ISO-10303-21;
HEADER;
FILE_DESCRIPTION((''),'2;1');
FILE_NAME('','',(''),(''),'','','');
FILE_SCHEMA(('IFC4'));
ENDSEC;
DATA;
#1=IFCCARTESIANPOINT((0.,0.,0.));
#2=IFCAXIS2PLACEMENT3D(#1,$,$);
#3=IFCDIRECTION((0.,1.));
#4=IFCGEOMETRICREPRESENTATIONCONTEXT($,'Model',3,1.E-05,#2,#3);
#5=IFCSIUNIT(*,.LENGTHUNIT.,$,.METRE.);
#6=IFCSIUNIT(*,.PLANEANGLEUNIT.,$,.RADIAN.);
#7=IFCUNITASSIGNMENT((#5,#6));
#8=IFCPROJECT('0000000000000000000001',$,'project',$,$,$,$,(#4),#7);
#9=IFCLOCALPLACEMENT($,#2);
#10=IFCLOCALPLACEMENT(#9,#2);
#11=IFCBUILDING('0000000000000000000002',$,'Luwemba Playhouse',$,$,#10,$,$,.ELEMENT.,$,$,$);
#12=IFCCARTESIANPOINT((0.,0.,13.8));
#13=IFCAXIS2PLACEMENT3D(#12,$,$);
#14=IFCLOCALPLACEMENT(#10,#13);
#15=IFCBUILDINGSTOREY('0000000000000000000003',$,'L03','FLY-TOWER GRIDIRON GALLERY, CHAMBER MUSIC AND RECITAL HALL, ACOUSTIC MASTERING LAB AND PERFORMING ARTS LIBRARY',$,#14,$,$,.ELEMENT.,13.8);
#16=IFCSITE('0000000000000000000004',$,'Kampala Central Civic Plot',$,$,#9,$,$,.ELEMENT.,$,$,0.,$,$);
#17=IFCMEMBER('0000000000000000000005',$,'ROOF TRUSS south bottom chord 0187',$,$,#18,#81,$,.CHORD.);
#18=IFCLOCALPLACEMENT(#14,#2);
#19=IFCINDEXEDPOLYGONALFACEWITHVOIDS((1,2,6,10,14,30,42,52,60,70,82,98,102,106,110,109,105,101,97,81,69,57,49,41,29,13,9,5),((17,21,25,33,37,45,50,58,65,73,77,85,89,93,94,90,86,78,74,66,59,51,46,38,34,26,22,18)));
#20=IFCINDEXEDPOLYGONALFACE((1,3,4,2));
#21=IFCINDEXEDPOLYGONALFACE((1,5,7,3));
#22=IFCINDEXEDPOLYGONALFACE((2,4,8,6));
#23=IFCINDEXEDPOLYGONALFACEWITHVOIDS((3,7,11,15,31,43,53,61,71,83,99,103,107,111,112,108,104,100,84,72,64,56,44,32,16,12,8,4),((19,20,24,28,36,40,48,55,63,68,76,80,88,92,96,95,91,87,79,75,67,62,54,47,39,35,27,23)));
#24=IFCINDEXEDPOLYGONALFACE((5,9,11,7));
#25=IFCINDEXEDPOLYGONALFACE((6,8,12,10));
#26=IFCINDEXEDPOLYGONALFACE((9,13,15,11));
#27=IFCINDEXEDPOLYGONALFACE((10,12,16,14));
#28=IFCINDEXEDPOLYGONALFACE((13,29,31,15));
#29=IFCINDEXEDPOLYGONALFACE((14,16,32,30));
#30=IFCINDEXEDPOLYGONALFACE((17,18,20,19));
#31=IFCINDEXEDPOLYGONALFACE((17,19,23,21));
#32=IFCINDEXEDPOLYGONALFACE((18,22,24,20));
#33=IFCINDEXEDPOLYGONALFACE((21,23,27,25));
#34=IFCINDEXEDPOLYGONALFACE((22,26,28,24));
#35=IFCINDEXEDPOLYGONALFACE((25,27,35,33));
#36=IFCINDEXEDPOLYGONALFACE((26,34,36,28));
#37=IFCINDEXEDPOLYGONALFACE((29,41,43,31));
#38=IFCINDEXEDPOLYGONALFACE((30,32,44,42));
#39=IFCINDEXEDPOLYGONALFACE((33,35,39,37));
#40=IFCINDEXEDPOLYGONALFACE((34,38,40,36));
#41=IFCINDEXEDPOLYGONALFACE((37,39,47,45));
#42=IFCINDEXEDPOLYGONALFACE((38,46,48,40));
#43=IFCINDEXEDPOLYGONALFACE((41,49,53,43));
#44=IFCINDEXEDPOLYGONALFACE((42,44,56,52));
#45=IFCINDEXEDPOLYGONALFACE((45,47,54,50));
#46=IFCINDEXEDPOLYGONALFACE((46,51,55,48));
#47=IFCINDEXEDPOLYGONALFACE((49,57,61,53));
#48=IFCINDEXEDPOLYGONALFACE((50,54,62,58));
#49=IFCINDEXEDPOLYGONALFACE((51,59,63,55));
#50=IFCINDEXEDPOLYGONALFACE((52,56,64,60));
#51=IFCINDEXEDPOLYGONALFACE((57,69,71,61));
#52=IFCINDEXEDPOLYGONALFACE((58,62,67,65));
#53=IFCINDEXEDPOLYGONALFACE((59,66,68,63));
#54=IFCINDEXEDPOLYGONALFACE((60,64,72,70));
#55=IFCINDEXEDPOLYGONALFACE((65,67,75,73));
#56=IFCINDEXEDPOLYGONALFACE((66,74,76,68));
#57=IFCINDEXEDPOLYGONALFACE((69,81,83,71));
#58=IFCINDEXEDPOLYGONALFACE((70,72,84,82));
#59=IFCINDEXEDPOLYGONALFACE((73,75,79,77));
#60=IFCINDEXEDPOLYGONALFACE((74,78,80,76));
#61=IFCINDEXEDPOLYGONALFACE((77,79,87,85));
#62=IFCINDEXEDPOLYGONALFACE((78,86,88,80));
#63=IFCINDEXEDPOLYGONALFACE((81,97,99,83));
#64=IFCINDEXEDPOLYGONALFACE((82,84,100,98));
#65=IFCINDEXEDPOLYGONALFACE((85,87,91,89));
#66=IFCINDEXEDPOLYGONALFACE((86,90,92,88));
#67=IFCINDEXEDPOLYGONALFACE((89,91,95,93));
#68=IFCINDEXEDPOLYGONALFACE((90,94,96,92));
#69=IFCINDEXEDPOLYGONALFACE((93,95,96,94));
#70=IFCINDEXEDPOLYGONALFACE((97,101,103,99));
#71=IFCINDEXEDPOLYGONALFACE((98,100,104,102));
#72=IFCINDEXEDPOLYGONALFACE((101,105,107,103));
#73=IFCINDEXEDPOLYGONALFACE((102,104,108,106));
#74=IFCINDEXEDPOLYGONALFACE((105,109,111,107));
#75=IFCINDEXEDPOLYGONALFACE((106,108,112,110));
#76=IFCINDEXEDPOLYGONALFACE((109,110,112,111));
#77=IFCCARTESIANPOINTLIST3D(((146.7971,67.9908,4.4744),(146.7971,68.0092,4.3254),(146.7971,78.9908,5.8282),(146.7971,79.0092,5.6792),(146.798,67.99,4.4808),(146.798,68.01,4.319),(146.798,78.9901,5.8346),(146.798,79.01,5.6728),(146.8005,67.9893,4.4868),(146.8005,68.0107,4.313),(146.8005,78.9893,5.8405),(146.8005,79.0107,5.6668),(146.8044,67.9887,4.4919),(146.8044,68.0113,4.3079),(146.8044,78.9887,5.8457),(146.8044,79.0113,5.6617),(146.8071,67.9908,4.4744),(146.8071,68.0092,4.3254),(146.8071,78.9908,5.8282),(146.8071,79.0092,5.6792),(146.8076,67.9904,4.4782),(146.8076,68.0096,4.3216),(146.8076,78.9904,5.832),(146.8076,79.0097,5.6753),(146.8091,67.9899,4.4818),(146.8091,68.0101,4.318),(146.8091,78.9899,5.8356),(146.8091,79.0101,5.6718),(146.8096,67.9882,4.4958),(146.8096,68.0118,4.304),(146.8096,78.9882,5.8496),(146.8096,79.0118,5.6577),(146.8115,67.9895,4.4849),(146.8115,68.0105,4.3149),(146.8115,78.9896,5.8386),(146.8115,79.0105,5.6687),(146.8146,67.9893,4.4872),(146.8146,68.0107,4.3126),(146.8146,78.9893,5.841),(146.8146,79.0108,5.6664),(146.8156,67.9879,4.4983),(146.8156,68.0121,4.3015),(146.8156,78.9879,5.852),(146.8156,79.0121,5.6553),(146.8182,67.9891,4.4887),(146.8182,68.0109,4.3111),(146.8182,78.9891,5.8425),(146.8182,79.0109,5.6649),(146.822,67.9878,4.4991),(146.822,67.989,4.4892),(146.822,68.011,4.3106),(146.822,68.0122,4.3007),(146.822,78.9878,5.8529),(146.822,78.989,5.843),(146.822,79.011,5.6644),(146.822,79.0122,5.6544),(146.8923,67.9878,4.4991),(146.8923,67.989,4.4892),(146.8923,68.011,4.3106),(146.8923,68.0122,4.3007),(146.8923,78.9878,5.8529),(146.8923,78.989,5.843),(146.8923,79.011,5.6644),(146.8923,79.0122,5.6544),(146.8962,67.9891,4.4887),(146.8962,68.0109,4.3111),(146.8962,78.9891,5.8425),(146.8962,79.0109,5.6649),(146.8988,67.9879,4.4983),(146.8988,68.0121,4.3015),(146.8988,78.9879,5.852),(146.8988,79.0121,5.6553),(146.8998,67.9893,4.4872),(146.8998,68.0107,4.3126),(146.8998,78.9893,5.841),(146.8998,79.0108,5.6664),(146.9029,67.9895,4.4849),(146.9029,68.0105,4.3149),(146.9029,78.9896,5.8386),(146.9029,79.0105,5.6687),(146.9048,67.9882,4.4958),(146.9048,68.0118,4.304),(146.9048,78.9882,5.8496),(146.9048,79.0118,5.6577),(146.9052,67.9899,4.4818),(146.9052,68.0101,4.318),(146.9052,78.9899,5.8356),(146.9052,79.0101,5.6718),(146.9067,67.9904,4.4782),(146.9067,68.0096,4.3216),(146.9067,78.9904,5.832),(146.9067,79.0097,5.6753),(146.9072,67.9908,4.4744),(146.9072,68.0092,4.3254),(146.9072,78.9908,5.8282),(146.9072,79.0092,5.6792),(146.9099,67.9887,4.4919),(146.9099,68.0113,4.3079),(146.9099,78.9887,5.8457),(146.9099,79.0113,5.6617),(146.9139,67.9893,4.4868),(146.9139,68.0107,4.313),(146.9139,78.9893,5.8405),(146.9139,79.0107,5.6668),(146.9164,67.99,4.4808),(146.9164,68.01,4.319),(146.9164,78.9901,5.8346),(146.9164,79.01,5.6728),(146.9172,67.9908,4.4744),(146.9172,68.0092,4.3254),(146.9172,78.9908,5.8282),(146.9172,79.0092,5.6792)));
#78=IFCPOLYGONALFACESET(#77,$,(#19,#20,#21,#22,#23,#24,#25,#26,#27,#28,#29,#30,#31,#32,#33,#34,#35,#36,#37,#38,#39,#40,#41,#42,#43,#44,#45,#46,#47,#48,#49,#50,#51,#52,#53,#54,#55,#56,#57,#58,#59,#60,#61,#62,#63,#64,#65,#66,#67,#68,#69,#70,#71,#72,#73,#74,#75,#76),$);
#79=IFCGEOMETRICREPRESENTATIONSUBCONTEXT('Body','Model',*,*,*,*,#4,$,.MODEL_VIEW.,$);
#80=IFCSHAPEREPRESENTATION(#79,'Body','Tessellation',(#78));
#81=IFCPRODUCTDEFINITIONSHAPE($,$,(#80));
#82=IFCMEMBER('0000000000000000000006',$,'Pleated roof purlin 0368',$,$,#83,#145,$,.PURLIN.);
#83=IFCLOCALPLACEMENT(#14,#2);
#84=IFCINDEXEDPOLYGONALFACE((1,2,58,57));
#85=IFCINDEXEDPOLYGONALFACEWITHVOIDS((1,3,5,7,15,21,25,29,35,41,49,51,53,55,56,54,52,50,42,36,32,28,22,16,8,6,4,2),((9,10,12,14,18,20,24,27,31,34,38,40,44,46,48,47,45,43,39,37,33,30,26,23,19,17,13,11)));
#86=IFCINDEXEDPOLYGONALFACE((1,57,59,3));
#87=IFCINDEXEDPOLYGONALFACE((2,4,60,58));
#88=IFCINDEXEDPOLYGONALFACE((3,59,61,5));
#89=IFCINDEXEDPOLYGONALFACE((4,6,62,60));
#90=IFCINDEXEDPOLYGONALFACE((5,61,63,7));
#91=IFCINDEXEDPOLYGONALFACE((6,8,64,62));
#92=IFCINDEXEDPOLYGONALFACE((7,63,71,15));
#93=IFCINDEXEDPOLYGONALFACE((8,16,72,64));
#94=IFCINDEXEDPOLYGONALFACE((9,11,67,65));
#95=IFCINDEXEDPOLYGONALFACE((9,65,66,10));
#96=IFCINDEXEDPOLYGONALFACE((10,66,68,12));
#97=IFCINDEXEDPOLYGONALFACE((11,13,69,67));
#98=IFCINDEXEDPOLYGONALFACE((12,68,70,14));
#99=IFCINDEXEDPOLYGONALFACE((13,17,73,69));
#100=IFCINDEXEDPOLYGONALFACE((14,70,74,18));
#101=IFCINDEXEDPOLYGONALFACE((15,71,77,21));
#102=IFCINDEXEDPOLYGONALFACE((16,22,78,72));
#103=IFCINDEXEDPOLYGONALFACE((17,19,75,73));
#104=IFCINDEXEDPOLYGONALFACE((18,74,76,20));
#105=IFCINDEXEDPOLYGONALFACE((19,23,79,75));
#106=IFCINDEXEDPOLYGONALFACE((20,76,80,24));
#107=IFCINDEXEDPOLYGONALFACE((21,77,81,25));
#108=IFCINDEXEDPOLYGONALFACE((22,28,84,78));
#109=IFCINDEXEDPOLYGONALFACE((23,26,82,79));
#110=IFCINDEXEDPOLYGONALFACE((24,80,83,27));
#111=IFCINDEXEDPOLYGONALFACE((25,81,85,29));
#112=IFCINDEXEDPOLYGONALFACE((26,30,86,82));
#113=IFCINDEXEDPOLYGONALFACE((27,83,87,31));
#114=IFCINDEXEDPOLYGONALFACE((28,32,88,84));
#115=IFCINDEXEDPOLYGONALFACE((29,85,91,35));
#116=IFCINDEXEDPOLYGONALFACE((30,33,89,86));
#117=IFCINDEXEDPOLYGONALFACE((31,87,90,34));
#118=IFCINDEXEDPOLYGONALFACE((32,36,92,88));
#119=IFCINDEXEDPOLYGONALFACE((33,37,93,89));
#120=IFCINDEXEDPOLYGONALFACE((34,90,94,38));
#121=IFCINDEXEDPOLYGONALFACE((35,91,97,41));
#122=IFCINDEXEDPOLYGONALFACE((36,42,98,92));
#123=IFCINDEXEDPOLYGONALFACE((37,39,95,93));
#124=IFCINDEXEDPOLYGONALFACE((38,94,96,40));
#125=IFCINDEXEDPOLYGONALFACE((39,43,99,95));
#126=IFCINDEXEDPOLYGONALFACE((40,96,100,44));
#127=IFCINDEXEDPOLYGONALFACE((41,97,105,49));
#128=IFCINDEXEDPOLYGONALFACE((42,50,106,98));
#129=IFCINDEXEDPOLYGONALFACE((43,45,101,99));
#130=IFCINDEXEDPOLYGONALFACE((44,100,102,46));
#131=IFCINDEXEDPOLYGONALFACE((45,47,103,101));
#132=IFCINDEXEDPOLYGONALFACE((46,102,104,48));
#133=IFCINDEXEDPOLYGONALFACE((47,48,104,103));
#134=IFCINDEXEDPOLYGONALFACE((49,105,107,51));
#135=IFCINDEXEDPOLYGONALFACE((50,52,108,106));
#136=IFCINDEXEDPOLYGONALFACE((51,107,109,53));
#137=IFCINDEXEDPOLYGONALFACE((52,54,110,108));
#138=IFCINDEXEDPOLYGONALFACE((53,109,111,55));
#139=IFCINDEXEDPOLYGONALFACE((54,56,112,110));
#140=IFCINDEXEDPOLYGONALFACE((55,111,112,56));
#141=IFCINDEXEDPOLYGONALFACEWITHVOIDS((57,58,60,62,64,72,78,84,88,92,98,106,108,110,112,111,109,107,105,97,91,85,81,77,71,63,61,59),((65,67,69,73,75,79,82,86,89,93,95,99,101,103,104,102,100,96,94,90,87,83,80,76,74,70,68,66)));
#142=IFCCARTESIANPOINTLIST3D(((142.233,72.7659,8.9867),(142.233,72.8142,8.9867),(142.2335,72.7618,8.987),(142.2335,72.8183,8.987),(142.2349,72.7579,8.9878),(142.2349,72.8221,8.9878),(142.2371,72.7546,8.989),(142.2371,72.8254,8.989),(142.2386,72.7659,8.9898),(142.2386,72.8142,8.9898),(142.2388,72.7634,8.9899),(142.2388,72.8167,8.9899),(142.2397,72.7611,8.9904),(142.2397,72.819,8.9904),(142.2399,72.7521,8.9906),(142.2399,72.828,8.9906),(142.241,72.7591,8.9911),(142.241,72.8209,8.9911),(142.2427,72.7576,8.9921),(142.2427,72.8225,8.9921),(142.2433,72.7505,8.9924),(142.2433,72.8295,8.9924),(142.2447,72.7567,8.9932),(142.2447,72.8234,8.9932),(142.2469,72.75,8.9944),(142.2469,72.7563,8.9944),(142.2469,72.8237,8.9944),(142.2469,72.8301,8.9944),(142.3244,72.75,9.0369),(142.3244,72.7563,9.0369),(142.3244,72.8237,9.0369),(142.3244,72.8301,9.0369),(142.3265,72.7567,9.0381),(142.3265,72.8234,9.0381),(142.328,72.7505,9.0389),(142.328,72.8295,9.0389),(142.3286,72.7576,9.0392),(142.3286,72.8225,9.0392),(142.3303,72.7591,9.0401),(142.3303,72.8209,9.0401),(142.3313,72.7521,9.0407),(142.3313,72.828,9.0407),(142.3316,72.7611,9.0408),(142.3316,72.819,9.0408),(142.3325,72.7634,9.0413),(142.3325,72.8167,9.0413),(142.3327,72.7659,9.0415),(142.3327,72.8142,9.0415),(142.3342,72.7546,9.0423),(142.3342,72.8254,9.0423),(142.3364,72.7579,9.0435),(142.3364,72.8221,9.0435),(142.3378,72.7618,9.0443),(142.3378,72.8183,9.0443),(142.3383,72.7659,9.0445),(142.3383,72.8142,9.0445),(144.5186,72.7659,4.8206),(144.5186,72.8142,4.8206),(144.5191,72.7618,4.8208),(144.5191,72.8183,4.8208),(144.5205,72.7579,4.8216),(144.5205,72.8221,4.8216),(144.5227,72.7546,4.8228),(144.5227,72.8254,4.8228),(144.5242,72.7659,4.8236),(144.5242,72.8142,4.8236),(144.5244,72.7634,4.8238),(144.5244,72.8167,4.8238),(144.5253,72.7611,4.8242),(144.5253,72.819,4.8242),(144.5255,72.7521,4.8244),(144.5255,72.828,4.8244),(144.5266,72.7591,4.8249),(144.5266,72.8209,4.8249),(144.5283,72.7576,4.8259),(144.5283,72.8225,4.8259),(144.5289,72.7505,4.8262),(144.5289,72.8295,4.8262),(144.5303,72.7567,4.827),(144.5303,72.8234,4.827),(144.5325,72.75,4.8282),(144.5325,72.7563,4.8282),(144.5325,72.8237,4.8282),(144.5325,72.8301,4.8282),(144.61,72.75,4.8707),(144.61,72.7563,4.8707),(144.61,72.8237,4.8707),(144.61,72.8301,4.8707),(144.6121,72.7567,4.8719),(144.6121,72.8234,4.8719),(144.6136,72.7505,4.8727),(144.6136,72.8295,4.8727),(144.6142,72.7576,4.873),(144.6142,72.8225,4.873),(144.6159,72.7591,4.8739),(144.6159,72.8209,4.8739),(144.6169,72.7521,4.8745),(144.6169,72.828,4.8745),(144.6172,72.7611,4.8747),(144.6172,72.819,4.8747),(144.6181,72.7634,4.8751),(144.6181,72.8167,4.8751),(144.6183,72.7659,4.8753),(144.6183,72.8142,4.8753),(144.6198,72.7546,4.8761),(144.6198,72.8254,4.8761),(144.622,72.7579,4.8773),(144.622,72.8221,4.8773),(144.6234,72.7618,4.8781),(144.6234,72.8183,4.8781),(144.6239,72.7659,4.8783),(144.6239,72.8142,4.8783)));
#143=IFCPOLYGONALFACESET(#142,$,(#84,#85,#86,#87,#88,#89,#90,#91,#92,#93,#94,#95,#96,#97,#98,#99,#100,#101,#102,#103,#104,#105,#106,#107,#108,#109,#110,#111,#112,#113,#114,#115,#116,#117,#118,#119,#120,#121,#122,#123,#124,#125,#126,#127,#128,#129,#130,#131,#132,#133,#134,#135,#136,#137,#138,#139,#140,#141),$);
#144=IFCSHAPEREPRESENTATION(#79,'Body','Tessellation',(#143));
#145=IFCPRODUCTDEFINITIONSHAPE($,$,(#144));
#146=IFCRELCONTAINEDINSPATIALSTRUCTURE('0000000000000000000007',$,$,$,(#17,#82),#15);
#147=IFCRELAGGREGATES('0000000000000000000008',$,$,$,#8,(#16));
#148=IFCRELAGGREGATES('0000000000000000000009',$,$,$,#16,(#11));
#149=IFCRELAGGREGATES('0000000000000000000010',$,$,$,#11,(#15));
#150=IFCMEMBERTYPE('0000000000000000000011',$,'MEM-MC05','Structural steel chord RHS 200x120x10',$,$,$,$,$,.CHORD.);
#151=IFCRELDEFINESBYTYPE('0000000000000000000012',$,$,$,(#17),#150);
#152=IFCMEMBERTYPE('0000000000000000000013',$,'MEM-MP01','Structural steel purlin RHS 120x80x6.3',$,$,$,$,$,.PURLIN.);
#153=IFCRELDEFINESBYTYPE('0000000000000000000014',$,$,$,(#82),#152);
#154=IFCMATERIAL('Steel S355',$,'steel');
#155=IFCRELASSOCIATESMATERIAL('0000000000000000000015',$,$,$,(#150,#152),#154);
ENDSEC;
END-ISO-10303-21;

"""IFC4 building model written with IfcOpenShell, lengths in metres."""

from ifc_helpers import new_model, si_unit, direction, frame, origin, origin_2d, place, context, subcontext, project, spatial, hollow_rectangle, extrude, material, material_profile, profile_set, type_object, element, save


model = new_model("IFC4")

# Units and contexts
model_context = context("Model", 3, precision=1e-05, world=origin(), true_north=direction((0.0, 1.0)))
body_context = subcontext(model_context, "Body", "Model", "MODEL_VIEW")
ifc_project = project(units=[si_unit("LENGTHUNIT", "METRE"), si_unit("PLANEANGLEUNIT", "RADIAN")], contexts=[model_context])

# Site, building, storey
site_placement = place(None, origin())
site = spatial("IfcSite", under=ifc_project, at=site_placement, Name="Kampala Central Civic Plot", CompositionType="ELEMENT", RefElevation=0.0)
building_placement = place(site_placement, origin())
building = spatial("IfcBuilding", under=site, at=building_placement, Name="Luwemba Playhouse", CompositionType="ELEMENT")
storey_placement = place(building_placement, frame((0.0, 0.0, 13.8)))
storey = spatial("IfcBuildingStorey", under=building, at=storey_placement, Name="L03", Description="FLY-TOWER GRIDIRON GALLERY, CHAMBER MUSIC AND RECITAL HALL, ACOUSTIC MASTERING LAB AND PERFORMING ARTS LIBRARY", CompositionType="ELEMENT", Elevation=13.8)

# Shared definitions
ifc_material_1 = material(Name="Steel S355", Category="steel")

# Members
ifc_material_profile_1 = material_profile(ifc_material_1, hollow_rectangle(XDim=0.1201, YDim=0.2, WallThickness=0.01, InnerFilletRadius=0.0149, OuterFilletRadius=0.0249, at=origin_2d()))
ifc_profile_set_1 = profile_set([ifc_material_profile_1], Name="Steel S355")
member_type_1 = type_object("IfcMemberType", Name="MEM-MC05", Description="Structural steel chord RHS 200x120x10", PredefinedType="CHORD", material=ifc_profile_set_1)
member_1_placement = place(storey_placement, frame((146.8572, 68.0, 4.3999), z_axis=(0.0, 0.992512, 0.122148), x_axis=(-1.0, 0.0, 0.0)))
element("IfcMember", 1, at=member_1_placement, inside=storey, type_object=member_type_1, Name="ROOF TRUSS south bottom chord 0187", PredefinedType="CHORD", context=body_context, shape_type="SweptSolid", body=[
    extrude(hollow_rectangle(XDim=0.1201, YDim=0.2, WallThickness=0.01, InnerFilletRadius=0.0149, OuterFilletRadius=0.0249, at=origin_2d()), origin(), (0.0, 0.0, 1.0), 11.083),
])
ifc_material_profile_2 = material_profile(ifc_material_1, hollow_rectangle(XDim=0.0801, YDim=0.1201, WallThickness=0.0063, InnerFilletRadius=0.0095, OuterFilletRadius=0.0159, at=origin_2d()))
ifc_profile_set_2 = profile_set([ifc_material_profile_2], Name="Steel S355")
member_type_2 = type_object("IfcMemberType", Name="MEM-MP01", Description="Structural steel purlin RHS 120x80x6.3", PredefinedType="PURLIN", material=ifc_profile_set_2)
member_2_placement = place(storey_placement, frame((142.2856, 72.79, 9.0156), z_axis=(0.480982, 0.0, -0.876731), x_axis=(0.0, 1.0, 0.0)))
element("IfcMember", 2, at=member_2_placement, inside=storey, type_object=member_type_2, Name="Pleated roof purlin 0368", PredefinedType="PURLIN", context=body_context, shape_type="SweptSolid", body=[
    extrude(hollow_rectangle(XDim=0.0801, YDim=0.1201, WallThickness=0.0063, InnerFilletRadius=0.0095, OuterFilletRadius=0.0159, at=origin_2d()), origin(), (0.0, 0.0, 1.0), 4.752),
])

save(model, "model.ifc")
